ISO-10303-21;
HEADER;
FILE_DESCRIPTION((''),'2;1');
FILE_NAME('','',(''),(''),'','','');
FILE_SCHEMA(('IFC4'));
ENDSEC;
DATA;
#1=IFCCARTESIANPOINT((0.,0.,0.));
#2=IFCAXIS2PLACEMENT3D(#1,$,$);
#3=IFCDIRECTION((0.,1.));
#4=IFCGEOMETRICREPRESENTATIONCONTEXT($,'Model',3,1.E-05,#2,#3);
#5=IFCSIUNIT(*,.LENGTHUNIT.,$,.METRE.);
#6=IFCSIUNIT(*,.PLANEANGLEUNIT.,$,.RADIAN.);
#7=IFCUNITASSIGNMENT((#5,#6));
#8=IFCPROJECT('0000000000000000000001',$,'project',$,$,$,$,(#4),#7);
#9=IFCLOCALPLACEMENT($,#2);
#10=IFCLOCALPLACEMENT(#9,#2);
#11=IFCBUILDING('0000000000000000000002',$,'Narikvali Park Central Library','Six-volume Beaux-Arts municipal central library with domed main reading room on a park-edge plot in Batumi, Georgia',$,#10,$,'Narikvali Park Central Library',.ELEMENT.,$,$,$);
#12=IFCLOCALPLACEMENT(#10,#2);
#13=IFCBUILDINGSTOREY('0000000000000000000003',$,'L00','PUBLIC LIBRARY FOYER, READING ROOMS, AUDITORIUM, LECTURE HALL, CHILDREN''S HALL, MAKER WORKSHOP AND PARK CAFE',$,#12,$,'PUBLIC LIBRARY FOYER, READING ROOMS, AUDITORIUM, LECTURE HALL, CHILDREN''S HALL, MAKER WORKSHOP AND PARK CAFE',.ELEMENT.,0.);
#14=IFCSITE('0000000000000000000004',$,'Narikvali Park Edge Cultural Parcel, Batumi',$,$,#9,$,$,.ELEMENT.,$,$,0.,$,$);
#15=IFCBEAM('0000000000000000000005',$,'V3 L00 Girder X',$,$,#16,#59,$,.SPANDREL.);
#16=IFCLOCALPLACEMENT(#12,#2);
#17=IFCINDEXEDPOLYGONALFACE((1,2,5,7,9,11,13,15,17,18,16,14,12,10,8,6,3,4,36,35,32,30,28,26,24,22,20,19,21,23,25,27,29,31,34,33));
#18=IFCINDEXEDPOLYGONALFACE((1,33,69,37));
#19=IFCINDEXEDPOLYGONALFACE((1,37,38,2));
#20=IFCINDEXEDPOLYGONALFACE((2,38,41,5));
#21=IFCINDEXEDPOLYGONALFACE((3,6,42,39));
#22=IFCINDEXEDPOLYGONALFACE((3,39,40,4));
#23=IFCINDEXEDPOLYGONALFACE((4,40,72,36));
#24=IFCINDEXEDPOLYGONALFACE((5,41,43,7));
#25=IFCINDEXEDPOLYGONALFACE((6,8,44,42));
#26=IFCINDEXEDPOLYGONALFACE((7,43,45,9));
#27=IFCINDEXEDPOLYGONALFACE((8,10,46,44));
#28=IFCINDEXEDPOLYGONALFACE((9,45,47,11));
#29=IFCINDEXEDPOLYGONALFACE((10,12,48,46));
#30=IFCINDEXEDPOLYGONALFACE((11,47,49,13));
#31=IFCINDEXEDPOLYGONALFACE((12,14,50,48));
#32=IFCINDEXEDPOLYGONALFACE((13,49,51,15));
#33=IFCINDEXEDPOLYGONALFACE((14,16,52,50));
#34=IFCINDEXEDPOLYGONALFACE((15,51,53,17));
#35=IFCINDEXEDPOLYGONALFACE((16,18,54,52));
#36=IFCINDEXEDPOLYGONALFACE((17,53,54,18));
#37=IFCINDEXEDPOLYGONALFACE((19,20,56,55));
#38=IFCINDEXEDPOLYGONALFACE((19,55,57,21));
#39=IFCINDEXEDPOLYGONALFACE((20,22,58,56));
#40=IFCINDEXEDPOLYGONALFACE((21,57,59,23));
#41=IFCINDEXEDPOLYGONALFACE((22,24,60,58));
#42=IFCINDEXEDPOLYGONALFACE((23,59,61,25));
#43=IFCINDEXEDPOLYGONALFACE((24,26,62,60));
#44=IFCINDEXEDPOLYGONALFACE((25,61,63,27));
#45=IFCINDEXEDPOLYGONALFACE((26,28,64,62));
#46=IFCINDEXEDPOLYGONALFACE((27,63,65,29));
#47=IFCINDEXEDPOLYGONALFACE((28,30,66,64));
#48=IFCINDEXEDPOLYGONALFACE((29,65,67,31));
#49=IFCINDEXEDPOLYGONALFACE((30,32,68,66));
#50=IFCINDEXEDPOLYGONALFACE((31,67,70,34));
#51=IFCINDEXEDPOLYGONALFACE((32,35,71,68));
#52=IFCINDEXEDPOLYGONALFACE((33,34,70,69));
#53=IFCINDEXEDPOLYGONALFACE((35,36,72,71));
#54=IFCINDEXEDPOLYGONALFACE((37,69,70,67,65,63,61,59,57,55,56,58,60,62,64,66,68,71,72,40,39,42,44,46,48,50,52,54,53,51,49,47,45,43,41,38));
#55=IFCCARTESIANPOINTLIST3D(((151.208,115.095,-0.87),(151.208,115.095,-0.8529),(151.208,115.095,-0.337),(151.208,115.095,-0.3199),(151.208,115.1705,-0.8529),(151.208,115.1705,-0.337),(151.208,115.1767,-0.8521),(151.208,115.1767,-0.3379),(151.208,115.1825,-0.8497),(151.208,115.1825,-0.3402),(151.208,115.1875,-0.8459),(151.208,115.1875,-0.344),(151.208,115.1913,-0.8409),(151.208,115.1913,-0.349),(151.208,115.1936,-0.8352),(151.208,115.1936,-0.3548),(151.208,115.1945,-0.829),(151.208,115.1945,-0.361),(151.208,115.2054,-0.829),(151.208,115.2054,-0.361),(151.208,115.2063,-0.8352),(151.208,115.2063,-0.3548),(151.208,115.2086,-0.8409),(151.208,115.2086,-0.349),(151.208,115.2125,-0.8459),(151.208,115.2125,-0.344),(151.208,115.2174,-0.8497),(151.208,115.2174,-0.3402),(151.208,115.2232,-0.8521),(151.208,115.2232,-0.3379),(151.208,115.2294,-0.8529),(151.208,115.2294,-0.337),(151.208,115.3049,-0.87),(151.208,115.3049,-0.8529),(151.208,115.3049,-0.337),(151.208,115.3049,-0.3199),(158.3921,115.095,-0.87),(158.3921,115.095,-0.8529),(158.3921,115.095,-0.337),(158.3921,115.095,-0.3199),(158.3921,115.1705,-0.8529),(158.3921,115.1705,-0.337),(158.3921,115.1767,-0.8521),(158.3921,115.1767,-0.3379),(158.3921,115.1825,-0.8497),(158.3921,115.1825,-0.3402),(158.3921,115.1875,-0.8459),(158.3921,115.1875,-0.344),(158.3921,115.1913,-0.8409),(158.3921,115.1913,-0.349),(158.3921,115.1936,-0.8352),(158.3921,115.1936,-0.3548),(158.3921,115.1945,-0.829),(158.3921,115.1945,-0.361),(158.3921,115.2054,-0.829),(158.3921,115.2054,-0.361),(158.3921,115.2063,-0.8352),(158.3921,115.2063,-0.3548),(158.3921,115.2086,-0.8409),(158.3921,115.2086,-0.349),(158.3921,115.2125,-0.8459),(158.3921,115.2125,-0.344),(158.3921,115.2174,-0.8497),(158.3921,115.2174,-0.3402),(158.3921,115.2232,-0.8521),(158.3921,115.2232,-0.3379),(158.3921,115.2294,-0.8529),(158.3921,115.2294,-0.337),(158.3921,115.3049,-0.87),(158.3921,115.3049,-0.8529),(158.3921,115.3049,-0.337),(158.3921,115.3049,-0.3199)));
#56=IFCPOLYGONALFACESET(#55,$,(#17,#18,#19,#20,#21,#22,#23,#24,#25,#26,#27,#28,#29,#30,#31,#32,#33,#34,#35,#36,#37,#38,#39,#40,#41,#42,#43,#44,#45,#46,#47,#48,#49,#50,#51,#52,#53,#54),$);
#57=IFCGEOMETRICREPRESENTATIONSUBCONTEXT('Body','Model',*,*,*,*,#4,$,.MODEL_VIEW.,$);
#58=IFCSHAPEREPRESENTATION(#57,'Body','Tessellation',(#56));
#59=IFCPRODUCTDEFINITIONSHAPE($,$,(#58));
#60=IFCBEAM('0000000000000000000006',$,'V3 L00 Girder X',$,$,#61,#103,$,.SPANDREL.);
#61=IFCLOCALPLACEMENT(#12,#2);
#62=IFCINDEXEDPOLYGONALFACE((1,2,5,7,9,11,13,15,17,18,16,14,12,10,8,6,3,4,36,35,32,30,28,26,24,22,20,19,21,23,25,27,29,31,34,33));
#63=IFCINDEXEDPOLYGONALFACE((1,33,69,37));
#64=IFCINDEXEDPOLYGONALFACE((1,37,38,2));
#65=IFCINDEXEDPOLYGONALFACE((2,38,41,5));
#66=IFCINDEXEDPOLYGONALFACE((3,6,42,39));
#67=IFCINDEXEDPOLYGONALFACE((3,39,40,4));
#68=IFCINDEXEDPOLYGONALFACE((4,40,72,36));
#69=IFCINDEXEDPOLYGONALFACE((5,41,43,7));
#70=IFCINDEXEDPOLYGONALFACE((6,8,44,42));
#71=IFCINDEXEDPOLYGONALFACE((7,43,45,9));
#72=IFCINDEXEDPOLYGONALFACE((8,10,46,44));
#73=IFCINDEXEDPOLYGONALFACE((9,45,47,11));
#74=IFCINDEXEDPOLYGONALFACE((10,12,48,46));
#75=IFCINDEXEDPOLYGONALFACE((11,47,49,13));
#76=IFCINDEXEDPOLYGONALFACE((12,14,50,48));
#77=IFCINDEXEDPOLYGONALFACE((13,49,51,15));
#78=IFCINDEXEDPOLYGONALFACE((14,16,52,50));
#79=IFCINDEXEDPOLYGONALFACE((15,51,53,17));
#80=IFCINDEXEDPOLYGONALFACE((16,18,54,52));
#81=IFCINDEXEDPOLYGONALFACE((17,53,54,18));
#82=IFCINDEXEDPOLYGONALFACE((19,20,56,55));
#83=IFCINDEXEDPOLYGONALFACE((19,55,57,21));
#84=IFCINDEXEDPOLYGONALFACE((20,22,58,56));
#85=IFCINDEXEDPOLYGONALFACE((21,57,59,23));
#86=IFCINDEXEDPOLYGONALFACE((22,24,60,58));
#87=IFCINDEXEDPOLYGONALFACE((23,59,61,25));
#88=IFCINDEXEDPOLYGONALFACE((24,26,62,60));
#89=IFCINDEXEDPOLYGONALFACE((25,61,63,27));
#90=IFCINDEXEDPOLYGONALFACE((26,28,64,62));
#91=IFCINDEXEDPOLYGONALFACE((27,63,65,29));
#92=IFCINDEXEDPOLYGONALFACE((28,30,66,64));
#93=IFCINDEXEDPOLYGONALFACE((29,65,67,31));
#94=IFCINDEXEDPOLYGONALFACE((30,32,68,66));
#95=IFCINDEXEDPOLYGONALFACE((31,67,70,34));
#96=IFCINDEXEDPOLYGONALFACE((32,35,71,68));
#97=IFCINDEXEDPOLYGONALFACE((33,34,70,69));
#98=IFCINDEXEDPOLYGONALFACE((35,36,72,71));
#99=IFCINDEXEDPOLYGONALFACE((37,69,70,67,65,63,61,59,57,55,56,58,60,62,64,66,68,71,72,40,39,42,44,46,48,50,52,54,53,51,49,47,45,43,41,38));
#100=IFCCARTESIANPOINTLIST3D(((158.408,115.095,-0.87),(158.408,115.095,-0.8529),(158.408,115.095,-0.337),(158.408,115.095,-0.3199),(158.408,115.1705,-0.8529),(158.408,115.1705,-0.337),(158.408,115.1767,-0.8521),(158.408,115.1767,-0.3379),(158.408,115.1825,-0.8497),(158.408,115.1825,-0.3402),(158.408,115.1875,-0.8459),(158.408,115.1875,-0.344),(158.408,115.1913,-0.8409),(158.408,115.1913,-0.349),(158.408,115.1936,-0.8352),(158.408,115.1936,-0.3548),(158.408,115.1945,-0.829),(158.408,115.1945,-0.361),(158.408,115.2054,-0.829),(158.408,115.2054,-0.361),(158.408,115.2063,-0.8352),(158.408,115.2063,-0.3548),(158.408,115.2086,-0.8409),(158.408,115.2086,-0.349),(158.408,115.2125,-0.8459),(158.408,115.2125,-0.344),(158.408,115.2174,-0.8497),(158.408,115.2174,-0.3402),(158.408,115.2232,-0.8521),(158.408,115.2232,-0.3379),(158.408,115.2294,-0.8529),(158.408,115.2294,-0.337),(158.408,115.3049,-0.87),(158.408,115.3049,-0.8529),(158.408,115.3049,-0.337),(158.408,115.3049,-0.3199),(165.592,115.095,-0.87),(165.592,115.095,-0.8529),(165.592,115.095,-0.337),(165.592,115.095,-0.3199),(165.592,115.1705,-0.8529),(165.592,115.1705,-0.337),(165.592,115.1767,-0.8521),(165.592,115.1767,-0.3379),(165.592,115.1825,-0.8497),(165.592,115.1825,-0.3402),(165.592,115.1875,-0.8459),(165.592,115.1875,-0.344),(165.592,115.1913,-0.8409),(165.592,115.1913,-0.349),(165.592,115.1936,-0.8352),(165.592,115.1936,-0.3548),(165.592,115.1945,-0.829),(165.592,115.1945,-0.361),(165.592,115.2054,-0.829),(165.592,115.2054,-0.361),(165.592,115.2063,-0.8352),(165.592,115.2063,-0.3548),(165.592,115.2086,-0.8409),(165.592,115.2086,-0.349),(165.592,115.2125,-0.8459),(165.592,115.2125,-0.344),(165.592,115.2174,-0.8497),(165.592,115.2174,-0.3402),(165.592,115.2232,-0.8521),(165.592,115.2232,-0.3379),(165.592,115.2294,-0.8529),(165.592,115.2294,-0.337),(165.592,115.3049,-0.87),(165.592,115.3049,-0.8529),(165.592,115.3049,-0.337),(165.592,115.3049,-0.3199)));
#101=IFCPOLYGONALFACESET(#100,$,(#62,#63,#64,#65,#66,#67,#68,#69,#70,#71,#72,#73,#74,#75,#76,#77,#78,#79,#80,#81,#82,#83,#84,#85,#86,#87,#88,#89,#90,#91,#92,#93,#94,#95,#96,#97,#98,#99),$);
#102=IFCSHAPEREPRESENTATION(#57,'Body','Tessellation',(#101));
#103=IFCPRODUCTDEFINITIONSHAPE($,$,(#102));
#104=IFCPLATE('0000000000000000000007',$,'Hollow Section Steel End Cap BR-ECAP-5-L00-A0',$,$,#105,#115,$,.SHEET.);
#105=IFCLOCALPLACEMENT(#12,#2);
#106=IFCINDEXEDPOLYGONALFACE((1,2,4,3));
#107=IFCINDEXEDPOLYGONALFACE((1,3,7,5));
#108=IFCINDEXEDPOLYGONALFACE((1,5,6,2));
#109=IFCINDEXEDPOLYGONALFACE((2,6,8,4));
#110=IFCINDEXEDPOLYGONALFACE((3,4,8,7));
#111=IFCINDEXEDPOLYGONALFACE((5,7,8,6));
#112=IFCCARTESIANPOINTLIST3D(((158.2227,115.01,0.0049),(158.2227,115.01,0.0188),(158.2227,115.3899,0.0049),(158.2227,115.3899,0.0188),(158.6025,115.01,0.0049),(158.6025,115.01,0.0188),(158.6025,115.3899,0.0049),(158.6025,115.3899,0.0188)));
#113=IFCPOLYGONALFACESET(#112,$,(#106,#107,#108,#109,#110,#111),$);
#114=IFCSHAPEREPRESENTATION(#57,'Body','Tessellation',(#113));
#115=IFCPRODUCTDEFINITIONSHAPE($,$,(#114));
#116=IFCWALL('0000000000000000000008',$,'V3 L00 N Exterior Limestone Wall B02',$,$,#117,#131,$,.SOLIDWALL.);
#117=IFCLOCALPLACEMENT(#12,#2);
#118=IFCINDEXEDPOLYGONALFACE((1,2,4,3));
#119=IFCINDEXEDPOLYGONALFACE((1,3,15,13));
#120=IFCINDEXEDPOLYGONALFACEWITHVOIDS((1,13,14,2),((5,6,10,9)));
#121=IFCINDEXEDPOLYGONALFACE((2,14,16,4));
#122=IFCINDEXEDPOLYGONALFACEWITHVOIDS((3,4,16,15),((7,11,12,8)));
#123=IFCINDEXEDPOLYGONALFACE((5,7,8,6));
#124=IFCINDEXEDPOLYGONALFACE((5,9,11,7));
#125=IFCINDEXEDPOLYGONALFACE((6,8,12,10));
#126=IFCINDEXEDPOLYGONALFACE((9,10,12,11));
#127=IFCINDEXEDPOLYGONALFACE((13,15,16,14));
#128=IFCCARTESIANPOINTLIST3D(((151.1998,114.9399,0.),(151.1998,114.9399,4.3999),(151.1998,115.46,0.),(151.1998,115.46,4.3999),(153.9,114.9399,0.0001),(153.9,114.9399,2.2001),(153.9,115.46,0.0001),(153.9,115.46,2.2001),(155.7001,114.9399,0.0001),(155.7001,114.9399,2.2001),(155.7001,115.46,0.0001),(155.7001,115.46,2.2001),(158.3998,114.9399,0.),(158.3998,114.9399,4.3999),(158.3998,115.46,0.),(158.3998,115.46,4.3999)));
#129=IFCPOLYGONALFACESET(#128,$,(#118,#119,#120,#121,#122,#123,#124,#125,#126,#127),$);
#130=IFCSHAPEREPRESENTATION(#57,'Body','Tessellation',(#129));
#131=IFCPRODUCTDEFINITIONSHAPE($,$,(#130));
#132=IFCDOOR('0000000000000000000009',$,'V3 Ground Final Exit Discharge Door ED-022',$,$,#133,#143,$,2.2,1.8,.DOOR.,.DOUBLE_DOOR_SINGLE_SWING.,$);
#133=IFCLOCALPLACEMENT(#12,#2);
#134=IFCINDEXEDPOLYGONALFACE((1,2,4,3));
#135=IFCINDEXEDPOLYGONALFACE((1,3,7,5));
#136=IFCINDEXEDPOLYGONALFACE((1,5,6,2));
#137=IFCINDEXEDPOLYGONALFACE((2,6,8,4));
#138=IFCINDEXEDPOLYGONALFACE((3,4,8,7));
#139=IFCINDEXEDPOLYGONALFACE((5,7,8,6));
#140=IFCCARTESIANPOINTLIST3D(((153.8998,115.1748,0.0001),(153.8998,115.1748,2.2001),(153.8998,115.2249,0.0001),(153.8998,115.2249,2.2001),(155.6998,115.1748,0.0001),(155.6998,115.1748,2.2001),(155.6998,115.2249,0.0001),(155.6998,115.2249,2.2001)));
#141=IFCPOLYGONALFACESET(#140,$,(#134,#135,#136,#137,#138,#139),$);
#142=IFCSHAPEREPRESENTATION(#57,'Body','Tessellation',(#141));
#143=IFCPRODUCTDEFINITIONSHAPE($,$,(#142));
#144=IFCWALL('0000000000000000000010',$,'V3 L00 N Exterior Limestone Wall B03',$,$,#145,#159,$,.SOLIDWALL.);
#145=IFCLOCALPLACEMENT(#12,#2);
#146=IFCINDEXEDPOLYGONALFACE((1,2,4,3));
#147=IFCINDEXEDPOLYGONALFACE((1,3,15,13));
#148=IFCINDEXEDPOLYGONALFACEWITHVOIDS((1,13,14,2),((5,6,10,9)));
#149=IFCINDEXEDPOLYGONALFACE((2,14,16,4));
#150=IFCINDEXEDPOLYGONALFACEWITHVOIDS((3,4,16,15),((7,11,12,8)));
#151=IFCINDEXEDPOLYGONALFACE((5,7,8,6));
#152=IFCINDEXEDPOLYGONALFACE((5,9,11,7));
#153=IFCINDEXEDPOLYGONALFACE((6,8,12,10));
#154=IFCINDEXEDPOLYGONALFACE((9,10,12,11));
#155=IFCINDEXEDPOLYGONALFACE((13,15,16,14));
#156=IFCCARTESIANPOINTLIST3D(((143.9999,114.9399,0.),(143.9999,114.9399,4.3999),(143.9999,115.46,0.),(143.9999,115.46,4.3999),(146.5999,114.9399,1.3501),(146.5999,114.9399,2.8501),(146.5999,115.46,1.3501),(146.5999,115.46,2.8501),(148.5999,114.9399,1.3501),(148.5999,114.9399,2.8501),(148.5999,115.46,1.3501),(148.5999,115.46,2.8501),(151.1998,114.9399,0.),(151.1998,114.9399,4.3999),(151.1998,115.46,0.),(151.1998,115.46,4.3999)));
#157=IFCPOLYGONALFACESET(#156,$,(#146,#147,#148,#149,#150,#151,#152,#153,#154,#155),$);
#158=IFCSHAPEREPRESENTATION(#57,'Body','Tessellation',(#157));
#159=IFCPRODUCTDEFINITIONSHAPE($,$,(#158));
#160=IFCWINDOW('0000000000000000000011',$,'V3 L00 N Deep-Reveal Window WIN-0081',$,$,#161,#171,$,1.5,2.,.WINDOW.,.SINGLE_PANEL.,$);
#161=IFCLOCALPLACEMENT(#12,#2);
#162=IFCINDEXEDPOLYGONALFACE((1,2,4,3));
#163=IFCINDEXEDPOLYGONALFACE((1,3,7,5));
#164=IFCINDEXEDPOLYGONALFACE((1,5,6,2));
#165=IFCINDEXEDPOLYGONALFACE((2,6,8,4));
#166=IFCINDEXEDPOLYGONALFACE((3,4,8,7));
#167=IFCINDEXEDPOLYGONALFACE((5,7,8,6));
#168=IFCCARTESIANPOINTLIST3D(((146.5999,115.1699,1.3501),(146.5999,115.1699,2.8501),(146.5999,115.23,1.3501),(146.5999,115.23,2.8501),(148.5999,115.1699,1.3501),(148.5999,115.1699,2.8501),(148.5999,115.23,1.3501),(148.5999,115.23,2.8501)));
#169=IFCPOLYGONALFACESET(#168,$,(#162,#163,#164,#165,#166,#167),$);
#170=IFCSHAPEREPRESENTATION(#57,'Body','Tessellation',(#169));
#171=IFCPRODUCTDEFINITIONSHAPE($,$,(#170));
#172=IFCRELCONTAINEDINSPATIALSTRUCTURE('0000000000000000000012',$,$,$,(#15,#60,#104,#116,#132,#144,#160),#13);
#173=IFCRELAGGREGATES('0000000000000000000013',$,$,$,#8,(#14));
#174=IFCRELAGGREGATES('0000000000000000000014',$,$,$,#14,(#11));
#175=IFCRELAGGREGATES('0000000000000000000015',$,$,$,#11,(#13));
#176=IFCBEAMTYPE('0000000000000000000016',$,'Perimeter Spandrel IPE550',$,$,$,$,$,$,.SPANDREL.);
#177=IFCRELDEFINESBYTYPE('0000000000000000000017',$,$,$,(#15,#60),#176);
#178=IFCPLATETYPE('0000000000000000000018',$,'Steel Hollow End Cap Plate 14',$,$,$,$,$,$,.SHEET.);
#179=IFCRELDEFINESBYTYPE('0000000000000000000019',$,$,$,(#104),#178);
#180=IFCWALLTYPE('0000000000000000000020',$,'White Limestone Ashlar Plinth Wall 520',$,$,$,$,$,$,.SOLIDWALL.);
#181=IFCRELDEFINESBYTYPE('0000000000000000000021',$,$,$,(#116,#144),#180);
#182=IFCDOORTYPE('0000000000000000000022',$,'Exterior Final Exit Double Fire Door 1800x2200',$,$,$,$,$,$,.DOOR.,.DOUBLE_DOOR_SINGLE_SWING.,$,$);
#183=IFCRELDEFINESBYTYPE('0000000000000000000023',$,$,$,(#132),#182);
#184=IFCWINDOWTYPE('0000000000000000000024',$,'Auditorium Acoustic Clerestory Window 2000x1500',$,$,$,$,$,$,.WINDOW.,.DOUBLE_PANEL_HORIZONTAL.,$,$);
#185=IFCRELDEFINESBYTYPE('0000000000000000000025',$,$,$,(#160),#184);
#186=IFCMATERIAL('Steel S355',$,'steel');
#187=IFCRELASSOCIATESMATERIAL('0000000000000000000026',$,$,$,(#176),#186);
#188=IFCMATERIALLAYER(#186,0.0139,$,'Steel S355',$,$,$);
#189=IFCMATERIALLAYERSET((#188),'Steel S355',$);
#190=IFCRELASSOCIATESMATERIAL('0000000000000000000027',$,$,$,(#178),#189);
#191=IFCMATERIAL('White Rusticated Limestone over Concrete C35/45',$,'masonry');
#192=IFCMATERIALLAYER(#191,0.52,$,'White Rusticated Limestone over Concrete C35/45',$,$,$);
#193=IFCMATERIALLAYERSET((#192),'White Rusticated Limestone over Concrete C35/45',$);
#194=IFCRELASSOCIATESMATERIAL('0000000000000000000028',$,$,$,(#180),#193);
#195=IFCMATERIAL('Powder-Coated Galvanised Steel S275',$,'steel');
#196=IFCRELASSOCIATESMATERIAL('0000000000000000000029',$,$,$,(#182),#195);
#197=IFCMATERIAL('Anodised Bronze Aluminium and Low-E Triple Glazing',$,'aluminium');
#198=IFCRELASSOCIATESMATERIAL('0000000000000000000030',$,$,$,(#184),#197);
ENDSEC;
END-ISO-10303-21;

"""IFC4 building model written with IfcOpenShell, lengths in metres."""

from ifc_helpers import new_model, si_unit, direction, frame, frame_2d, origin, origin_2d, place, context, subcontext, project, spatial, rectangle, i_section, extrude, material, layer, layer_set, material_profile, profile_set, type_object, element, fill, save


model = new_model("IFC4")

# Units and contexts
model_context = context("Model", 3, precision=1e-05, world=origin(), true_north=direction((0.0, 1.0)))
body_context = subcontext(model_context, "Body", "Model", "MODEL_VIEW")
ifc_project = project(units=[si_unit("LENGTHUNIT", "METRE"), si_unit("PLANEANGLEUNIT", "RADIAN")], contexts=[model_context])

# Site, building, storey
site_placement = place(None, origin())
site = spatial("IfcSite", under=ifc_project, at=site_placement, Name="Narikvali Park Edge Cultural Parcel, Batumi", CompositionType="ELEMENT", RefElevation=0.0)
building_placement = place(site_placement, origin())
building = spatial("IfcBuilding", under=site, at=building_placement, Name="Narikvali Park Central Library", Description="Six-volume Beaux-Arts municipal central library with domed main reading room on a park-edge plot in Batumi, Georgia", LongName="Narikvali Park Central Library", CompositionType="ELEMENT")
storey_placement = place(building_placement, origin())
storey = spatial("IfcBuildingStorey", under=building, at=storey_placement, Name="L00", Description="PUBLIC LIBRARY FOYER, READING ROOMS, AUDITORIUM, LECTURE HALL, CHILDREN'S HALL, MAKER WORKSHOP AND PARK CAFE", LongName="PUBLIC LIBRARY FOYER, READING ROOMS, AUDITORIUM, LECTURE HALL, CHILDREN'S HALL, MAKER WORKSHOP AND PARK CAFE", CompositionType="ELEMENT", Elevation=0.0)

# Shared definitions
ifc_material_1 = material(Name="Steel S355", Category="steel")

# Beams
ifc_material_profile_1 = material_profile(ifc_material_1, i_section(OverallWidth=0.21, OverallDepth=0.55, WebThickness=0.011, FlangeThickness=0.0171, FilletRadius=0.0239, at=origin_2d()), Name="IPE 550")
ifc_profile_set_1 = profile_set([ifc_material_profile_1], Name="Steel S355")
beam_type = type_object("IfcBeamType", Name="Perimeter Spandrel IPE550", PredefinedType="SPANDREL", material=ifc_profile_set_1)
for number, where, z_axis, x_axis, name in (
    (1, (151.208, 115.2, -0.595), (1.0, 0.0, 0.0), (0.0, 1.0, 0.0), "V3 L00 Girder X"),
    (2, (158.408, 115.2, -0.595), (1.0, 0.0, 0.0), (0.0, 1.0, 0.0), "V3 L00 Girder X"),
):
    element("IfcBeam", number, at=place(storey_placement, frame(where, z_axis=z_axis, x_axis=x_axis)), inside=storey, type_object=beam_type, Name=name, PredefinedType="SPANDREL", context=body_context, shape_type="SweptSolid", body=[
        extrude(i_section(OverallWidth=0.21, OverallDepth=0.55, WebThickness=0.011, FlangeThickness=0.0171, FilletRadius=0.0239, at=origin_2d()), origin(), (0.0, 0.0, 1.0), 7.1841),
    ])

# Plate
ifc_layer_1 = layer(ifc_material_1, 0.0139, Name="Steel S355")
ifc_layer_set_1 = layer_set([ifc_layer_1], Name="Steel S355")
plate_type = type_object("IfcPlateType", Name="Steel Hollow End Cap Plate 14", PredefinedType="SHEET", material=ifc_layer_set_1)
plate_placement = place(storey_placement, frame((158.4126, 115.2, 0.0049), z_axis=(0.0, 0.0, 1.0), x_axis=(1.0, 0.0, 0.0)))
element("IfcPlate", 3, at=plate_placement, inside=storey, type_object=plate_type, Name="Hollow Section Steel End Cap BR-ECAP-5-L00-A0", PredefinedType="SHEET", context=body_context, shape_type="SweptSolid", body=[
    extrude(rectangle(XDim=0.3799, YDim=0.3799, at=origin_2d()), origin(), (0.0, 0.0, 1.0), 0.0139),
])

# Wall, opening, door
ifc_material_2 = material(Name="White Rusticated Limestone over Concrete C35/45", Category="masonry")
ifc_layer_2 = layer(ifc_material_2, 0.52, Name="White Rusticated Limestone over Concrete C35/45")
ifc_layer_set_2 = layer_set([ifc_layer_2], Name="White Rusticated Limestone over Concrete C35/45")
wall_type = type_object("IfcWallType", Name="White Limestone Ashlar Plinth Wall 520", PredefinedType="SOLIDWALL", material=ifc_layer_set_2)
wall_1_placement = place(storey_placement, frame((158.3999, 115.2, 0.0), z_axis=(0.0, 0.0, 1.0), x_axis=(-1.0, 0.0, 0.0)))
wall_1 = element("IfcWall", 4, at=wall_1_placement, inside=storey, type_object=wall_type, Name="V3 L00 N Exterior Limestone Wall B02", PredefinedType="SOLIDWALL", context=body_context, shape_type="SweptSolid", body=[
    extrude(rectangle(XDim=7.2, YDim=0.52, at=frame_2d((3.6001, 0.0))), origin(), (0.0, 0.0, 1.0), 4.3999),
])
opening_1_placement = place(wall_1_placement, frame((2.7, 0.0, 0.0)))
opening_1 = element("IfcOpeningElement", 5, at=opening_1_placement, cuts=wall_1, PredefinedType="OPENING", context=body_context, shape_type="SweptSolid", body=[
    extrude(rectangle(XDim=1.8, YDim=2.2, at=frame_2d((0.8999, 1.1001))), frame((0.0, 0.272, 0.0), z_axis=(0.0, -1.0, 0.0), x_axis=(1.0, 0.0, 0.0)), (0.0, 0.0, 1.0), 0.5439),
])
ifc_material_3 = material(Name="Powder-Coated Galvanised Steel S275", Category="steel")
door_type = type_object("IfcDoorType", Name="Exterior Final Exit Double Fire Door 1800x2200", OperationType="DOUBLE_DOOR_SINGLE_SWING", PredefinedType="DOOR", material=ifc_material_3)
door_placement = place(opening_1_placement, frame((1.8, 0.0, 0.0), z_axis=(0.0, 0.0, 1.0), x_axis=(-1.0, 0.0, 0.0)))
door = element("IfcDoor", 6, at=door_placement, inside=storey, type_object=door_type, Name="V3 Ground Final Exit Discharge Door ED-022", OperationType="DOUBLE_DOOR_SINGLE_SWING", OverallHeight=2.2, OverallWidth=1.8, PredefinedType="DOOR", context=body_context, shape_type="SweptSolid", body=[
    extrude(rectangle(XDim=1.8, YDim=2.2, at=frame_2d((0.8999, 1.1001))), frame((0.0, 0.0249, 0.0), z_axis=(0.0, -1.0, 0.0), x_axis=(1.0, 0.0, 0.0)), (0.0, 0.0, 1.0), 0.05),
])
fill(opening_1, door)

# Wall, opening, window
wall_2_placement = place(storey_placement, frame((151.2, 115.2, 0.0), z_axis=(0.0, 0.0, 1.0), x_axis=(-1.0, 0.0, 0.0)))
wall_2 = element("IfcWall", 7, at=wall_2_placement, inside=storey, type_object=wall_type, Name="V3 L00 N Exterior Limestone Wall B03", PredefinedType="SOLIDWALL", context=body_context, shape_type="SweptSolid", body=[
    extrude(rectangle(XDim=7.2, YDim=0.52, at=frame_2d((3.6001, 0.0))), origin(), (0.0, 0.0, 1.0), 4.3999),
])
opening_2_placement = place(wall_2_placement, frame((2.6001, 0.0, 1.3501)))
opening_2 = element("IfcOpeningElement", 8, at=opening_2_placement, cuts=wall_2, PredefinedType="OPENING", context=body_context, shape_type="SweptSolid", body=[
    extrude(rectangle(XDim=2.0, YDim=1.5, at=frame_2d((1.0, 0.75))), frame((0.0, 0.272, 0.0), z_axis=(0.0, -1.0, 0.0), x_axis=(1.0, 0.0, 0.0)), (0.0, 0.0, 1.0), 0.5439),
])
ifc_material_4 = material(Name="Anodised Bronze Aluminium and Low-E Triple Glazing", Category="aluminium")
window_type = type_object("IfcWindowType", Name="Auditorium Acoustic Clerestory Window 2000x1500", PartitioningType="DOUBLE_PANEL_HORIZONTAL", PredefinedType="WINDOW", material=ifc_material_4)
window_1_placement = place(opening_2_placement, origin())
window_1 = element("IfcWindow", 9, at=window_1_placement, inside=storey, type_object=window_type, Name="V3 L00 N Deep-Reveal Window WIN-0081", OverallHeight=1.5, OverallWidth=2.0, PartitioningType="SINGLE_PANEL", PredefinedType="WINDOW", context=body_context, shape_type="SweptSolid", body=[
    extrude(rectangle(XDim=2.0, YDim=1.5, at=frame_2d((1.0, 0.75))), frame((0.0, 0.03, 0.0), z_axis=(0.0, -1.0, 0.0), x_axis=(1.0, 0.0, 0.0)), (0.0, 0.0, 1.0), 0.0601),
])
fill(opening_2, window_1)

save(model, "model.ifc")
